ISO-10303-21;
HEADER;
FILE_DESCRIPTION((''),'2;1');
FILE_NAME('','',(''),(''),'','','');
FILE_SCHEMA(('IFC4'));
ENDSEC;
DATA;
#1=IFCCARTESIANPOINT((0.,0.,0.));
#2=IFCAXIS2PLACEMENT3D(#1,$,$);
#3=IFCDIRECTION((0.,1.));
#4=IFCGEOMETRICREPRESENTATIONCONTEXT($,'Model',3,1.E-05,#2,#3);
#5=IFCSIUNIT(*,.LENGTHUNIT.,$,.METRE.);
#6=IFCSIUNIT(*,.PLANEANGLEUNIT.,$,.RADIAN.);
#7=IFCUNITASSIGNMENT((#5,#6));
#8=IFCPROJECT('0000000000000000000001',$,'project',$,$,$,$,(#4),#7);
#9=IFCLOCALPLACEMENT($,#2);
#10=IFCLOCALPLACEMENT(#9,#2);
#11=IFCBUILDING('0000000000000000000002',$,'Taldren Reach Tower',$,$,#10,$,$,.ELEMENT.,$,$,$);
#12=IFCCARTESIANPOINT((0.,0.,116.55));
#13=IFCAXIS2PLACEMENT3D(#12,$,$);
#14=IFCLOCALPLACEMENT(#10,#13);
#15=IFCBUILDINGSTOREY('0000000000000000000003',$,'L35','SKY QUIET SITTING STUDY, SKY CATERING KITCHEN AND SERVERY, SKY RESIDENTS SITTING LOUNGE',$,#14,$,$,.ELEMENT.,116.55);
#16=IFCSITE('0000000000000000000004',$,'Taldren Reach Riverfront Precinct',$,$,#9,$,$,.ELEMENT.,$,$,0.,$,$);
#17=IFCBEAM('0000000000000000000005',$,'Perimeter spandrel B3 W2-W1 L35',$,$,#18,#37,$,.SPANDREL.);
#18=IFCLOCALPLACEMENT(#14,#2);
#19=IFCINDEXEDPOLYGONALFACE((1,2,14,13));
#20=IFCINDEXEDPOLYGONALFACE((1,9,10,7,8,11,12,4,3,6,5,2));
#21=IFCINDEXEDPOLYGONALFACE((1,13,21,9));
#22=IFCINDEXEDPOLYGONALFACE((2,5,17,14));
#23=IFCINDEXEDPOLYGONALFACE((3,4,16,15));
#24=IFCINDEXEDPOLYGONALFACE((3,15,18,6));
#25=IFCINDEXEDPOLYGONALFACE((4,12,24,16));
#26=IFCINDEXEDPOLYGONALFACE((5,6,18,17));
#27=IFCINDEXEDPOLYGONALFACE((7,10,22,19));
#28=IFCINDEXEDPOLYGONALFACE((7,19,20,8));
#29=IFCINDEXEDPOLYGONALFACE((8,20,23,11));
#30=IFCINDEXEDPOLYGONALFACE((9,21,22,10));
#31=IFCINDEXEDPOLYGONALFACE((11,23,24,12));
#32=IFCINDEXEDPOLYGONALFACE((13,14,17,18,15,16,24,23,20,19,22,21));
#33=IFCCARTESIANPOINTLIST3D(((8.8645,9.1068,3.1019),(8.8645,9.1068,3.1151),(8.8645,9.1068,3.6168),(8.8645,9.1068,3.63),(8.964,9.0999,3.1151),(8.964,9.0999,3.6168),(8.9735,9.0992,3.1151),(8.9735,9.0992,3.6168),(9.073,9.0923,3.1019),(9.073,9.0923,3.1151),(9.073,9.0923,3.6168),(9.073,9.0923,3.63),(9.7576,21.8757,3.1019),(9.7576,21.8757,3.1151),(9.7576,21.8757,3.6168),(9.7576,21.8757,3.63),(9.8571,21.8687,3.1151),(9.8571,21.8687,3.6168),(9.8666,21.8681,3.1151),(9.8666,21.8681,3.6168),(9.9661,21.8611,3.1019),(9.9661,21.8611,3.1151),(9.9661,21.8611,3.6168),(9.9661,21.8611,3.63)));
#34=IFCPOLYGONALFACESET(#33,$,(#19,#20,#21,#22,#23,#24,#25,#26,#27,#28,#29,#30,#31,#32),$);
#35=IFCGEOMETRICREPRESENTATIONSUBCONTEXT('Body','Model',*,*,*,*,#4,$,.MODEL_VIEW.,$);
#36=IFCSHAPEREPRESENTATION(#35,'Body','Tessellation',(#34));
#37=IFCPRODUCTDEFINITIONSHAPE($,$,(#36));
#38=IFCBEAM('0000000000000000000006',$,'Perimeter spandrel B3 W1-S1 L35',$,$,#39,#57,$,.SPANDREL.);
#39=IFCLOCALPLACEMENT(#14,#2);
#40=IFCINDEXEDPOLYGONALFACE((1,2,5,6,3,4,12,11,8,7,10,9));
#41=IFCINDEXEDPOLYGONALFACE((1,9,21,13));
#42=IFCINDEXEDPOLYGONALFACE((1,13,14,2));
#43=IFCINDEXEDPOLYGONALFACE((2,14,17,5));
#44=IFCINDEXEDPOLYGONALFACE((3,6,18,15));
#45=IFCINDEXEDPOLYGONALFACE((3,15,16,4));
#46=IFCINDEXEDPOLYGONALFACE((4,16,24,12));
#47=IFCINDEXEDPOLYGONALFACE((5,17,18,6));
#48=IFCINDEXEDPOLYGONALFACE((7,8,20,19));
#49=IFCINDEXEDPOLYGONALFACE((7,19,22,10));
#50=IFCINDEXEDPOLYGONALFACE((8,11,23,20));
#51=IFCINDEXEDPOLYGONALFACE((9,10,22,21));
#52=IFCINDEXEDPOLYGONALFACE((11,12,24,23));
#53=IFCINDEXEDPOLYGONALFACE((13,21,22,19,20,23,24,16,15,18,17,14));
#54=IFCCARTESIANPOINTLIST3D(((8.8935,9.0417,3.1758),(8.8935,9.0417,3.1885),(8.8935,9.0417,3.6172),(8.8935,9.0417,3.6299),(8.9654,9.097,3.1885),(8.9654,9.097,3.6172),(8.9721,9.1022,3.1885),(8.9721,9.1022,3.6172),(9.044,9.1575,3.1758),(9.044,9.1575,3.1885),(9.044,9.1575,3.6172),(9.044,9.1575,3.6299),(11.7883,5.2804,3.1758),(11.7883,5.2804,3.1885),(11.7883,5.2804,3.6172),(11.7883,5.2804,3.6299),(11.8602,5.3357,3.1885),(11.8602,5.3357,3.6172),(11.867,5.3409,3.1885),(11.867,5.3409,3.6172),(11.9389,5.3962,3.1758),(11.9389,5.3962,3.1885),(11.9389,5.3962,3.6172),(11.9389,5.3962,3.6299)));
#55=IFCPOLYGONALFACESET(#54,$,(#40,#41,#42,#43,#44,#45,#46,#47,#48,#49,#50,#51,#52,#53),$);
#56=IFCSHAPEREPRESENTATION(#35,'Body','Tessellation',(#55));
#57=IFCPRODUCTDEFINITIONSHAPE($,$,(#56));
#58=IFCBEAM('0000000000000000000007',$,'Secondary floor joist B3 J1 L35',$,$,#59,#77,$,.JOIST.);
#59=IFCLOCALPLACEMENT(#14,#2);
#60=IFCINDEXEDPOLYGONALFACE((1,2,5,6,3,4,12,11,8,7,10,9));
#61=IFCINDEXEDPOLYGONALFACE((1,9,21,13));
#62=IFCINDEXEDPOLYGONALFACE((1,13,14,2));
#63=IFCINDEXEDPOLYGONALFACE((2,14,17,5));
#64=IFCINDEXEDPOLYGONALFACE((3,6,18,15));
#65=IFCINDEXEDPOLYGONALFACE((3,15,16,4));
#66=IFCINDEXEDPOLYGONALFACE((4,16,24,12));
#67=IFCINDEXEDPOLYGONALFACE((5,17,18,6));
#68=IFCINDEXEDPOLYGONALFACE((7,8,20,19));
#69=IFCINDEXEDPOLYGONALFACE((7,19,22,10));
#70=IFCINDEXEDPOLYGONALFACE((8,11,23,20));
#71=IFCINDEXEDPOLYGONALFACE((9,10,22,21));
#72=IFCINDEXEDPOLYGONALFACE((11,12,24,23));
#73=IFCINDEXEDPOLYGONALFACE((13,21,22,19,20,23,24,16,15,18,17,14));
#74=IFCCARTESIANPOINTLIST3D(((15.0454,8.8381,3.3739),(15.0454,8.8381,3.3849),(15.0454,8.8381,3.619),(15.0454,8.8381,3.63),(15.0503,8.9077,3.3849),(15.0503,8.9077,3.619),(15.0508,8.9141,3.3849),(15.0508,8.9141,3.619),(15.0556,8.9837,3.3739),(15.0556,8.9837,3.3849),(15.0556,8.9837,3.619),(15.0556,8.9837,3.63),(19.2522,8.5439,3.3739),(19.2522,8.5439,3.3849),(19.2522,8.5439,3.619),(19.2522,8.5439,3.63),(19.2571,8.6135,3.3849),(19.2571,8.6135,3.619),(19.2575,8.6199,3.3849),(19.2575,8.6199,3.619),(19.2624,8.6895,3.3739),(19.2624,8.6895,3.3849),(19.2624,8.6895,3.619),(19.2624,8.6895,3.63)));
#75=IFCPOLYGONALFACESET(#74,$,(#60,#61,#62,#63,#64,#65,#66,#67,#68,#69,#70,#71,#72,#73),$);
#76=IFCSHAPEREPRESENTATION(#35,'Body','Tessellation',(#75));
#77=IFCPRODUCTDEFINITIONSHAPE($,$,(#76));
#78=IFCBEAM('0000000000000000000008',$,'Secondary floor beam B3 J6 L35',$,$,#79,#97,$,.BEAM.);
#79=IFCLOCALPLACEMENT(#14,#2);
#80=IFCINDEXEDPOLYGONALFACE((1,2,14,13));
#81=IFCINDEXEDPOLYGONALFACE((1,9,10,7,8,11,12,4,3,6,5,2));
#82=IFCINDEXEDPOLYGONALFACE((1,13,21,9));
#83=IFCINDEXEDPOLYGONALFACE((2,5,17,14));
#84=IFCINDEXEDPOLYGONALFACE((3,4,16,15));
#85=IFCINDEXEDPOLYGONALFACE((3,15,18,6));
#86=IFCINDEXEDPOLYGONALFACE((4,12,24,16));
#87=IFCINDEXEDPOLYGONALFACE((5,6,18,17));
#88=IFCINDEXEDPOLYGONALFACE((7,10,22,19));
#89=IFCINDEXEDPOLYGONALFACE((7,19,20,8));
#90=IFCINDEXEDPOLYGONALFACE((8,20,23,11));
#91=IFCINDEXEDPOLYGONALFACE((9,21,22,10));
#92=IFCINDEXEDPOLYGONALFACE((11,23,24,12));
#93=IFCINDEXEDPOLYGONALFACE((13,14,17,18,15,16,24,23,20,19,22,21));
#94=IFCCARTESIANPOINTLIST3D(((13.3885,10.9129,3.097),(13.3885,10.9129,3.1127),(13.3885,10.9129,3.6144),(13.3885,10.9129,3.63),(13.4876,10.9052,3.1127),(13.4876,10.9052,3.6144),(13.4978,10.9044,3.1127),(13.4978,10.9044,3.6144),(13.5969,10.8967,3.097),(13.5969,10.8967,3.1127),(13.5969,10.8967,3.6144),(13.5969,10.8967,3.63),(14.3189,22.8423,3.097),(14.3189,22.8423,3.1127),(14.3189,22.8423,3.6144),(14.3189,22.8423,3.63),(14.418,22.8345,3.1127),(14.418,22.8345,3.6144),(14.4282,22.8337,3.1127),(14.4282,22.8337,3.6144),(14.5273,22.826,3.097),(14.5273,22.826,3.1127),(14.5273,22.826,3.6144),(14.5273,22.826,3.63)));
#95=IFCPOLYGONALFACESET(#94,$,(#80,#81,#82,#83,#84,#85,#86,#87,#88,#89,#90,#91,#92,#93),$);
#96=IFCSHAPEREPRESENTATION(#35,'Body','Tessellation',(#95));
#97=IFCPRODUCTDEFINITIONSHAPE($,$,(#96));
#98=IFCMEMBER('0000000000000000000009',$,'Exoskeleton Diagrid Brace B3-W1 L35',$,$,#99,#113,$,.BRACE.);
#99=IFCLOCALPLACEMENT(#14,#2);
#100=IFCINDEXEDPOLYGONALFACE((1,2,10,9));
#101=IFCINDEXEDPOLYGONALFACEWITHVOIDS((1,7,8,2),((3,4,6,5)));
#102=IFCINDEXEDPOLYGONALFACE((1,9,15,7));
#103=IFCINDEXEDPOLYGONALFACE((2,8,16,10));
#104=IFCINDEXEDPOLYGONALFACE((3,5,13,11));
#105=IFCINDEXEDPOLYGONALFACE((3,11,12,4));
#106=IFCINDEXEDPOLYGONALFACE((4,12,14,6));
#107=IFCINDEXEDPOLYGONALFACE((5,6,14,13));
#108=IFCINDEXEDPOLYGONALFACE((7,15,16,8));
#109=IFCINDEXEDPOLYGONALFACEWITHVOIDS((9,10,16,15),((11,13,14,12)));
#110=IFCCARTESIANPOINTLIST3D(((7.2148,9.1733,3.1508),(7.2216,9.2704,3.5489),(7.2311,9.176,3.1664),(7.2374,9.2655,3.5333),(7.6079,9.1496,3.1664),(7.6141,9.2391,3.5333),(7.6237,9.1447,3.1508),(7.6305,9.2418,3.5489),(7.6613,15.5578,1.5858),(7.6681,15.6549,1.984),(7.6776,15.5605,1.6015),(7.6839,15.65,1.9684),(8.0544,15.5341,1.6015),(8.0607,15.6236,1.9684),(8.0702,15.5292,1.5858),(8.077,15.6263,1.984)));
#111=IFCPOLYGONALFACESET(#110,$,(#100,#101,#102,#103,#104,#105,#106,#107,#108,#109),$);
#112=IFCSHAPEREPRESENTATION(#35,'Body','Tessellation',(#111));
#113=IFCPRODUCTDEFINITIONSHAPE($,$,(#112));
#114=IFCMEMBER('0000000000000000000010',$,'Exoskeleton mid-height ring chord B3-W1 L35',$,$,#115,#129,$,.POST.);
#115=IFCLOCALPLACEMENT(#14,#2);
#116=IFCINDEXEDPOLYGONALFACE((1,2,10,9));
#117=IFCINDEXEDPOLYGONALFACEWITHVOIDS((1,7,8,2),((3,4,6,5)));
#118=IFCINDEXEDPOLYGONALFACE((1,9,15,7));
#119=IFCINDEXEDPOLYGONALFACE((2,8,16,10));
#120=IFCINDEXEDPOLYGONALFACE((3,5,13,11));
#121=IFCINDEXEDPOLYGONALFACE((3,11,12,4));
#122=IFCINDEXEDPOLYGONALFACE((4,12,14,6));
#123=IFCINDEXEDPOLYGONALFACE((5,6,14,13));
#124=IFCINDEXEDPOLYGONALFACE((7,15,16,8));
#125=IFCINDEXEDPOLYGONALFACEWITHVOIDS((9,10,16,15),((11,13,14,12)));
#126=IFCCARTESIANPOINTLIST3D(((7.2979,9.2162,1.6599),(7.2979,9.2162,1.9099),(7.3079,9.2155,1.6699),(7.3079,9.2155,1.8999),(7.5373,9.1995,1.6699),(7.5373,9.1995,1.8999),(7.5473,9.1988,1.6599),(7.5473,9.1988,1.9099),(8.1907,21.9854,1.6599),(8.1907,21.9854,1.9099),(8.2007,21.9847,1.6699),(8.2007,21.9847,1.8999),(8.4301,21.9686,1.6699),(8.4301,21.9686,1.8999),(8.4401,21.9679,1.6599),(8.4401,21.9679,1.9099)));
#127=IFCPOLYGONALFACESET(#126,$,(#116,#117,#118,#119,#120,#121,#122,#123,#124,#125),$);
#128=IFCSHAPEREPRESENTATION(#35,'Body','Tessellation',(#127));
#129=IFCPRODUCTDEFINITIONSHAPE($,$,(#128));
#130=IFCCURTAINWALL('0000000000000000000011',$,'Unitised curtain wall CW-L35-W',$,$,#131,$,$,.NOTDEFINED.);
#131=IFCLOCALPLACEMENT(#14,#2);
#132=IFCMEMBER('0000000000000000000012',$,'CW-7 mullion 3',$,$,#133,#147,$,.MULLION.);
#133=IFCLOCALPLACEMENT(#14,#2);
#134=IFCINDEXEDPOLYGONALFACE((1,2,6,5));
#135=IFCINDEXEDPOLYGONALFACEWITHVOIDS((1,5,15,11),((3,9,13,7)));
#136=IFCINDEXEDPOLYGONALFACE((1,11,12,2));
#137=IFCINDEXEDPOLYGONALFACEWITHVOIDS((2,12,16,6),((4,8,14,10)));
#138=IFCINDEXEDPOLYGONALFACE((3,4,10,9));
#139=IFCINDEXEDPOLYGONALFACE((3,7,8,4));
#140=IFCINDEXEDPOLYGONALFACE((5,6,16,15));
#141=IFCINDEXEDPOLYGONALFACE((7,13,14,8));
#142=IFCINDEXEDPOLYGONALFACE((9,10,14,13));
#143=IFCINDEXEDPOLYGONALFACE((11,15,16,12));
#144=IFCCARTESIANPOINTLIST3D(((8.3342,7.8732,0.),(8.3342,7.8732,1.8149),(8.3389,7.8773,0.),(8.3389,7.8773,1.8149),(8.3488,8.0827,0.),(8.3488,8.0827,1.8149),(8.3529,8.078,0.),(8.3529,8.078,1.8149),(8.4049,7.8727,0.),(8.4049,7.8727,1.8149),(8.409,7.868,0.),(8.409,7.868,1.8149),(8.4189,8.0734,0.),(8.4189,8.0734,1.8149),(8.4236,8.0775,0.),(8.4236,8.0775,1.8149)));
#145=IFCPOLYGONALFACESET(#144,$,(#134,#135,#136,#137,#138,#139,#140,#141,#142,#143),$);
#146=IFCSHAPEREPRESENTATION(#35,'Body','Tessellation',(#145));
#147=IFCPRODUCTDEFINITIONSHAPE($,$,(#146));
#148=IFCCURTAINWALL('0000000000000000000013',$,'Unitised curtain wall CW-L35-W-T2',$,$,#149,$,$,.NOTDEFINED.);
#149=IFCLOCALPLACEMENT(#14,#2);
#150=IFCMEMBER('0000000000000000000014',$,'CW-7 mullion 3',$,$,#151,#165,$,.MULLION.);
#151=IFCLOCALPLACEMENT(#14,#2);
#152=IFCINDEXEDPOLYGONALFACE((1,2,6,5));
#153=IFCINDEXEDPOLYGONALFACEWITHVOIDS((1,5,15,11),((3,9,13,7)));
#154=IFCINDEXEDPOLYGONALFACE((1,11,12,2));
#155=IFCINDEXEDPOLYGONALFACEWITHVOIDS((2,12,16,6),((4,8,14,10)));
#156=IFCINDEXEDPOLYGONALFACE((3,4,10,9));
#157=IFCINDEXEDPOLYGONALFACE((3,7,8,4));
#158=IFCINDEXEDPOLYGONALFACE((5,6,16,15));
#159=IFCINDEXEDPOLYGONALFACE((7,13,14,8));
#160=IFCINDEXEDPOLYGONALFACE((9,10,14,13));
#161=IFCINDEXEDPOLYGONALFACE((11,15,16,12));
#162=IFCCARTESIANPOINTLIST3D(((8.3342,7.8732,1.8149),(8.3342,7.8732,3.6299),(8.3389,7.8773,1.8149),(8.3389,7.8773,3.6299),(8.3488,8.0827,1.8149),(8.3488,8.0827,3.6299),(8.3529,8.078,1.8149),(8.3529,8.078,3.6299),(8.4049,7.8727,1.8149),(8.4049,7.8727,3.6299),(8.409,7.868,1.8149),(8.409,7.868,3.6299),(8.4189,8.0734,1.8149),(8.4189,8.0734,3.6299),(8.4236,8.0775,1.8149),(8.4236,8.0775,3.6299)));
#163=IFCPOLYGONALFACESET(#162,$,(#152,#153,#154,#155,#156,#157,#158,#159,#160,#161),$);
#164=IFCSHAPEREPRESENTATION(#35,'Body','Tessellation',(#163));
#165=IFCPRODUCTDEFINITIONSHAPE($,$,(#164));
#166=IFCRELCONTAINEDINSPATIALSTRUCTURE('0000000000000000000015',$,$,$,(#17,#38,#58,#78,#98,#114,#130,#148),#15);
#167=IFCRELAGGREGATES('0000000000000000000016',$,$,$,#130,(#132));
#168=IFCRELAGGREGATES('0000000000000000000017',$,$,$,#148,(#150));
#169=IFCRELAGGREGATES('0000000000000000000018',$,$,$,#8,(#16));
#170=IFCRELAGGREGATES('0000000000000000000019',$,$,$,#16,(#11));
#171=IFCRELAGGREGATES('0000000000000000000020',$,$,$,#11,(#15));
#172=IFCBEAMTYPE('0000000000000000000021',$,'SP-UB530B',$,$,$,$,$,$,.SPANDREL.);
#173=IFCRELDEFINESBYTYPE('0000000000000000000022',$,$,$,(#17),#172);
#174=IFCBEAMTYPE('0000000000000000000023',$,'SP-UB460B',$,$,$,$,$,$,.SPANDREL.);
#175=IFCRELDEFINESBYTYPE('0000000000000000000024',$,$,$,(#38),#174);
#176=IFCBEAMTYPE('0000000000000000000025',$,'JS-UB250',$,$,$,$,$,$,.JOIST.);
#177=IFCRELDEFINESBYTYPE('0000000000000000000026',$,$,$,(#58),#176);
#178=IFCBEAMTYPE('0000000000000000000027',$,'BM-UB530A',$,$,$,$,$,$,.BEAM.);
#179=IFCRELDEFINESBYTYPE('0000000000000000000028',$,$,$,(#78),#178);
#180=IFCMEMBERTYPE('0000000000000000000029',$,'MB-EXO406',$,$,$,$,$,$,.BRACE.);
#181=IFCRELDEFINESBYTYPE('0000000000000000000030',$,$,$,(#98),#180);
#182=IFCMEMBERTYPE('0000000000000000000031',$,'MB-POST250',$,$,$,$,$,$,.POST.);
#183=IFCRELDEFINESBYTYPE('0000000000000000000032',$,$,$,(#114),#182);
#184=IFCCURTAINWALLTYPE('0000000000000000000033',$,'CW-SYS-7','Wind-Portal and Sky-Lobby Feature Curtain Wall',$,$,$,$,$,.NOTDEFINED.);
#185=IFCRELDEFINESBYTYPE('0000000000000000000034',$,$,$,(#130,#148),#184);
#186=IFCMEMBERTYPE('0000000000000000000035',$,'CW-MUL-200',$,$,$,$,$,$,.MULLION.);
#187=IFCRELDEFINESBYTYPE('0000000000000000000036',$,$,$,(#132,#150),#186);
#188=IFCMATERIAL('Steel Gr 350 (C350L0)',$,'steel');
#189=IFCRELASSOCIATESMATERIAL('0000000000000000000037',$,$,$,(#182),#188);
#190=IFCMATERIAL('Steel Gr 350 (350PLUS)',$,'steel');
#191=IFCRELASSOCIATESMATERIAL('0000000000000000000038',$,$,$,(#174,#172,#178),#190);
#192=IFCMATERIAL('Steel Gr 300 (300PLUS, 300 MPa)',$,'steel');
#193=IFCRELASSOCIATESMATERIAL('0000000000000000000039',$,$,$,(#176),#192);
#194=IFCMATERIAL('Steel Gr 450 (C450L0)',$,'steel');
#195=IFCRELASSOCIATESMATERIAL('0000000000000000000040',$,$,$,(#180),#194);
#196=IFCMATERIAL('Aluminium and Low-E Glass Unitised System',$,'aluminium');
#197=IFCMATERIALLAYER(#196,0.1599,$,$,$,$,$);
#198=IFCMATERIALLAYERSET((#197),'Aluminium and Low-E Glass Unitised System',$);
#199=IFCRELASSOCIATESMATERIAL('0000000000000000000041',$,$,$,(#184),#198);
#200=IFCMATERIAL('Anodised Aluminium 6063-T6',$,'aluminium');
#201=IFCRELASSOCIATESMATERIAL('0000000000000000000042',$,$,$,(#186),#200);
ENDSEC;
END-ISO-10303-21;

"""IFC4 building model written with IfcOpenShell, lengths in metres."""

from ifc_helpers import new_model, si_unit, direction, frame, origin, origin_2d, place, context, subcontext, project, spatial, hollow_rectangle, i_section, extrude, source, transform, mapped, material, layer, layer_set, material_profile, profile_set, type_object, element, aggregate, save


model = new_model("IFC4")

# Units and contexts
model_context = context("Model", 3, precision=1e-05, world=origin(), true_north=direction((0.0, 1.0)))
body_context = subcontext(model_context, "Body", "Model", "MODEL_VIEW")
ifc_project = project(units=[si_unit("LENGTHUNIT", "METRE"), si_unit("PLANEANGLEUNIT", "RADIAN")], contexts=[model_context])

# Site, building, storey
site_placement = place(None, origin())
site = spatial("IfcSite", under=ifc_project, at=site_placement, Name="Taldren Reach Riverfront Precinct", CompositionType="ELEMENT", RefElevation=0.0)
building_placement = place(site_placement, origin())
building = spatial("IfcBuilding", under=site, at=building_placement, Name="Taldren Reach Tower", CompositionType="ELEMENT")
storey_placement = place(building_placement, frame((0.0, 0.0, 116.55)))
storey = spatial("IfcBuildingStorey", under=building, at=storey_placement, Name="L35", Description="SKY QUIET SITTING STUDY, SKY CATERING KITCHEN AND SERVERY, SKY RESIDENTS SITTING LOUNGE", CompositionType="ELEMENT", Elevation=116.55)

# Shared definitions
ifc_material_1 = material(Name="Steel Gr 350 (350PLUS)", Category="steel")

# Shared definitions
ifc_material_2 = material(Name="Steel Gr 450 (C450L0)", Category="steel")
ifc_material_3 = material(Name="Steel Gr 350 (C350L0)", Category="steel")
ifc_material_profile_1 = material_profile(ifc_material_3, hollow_rectangle(XDim=0.25, YDim=0.25, WallThickness=0.01, at=origin_2d()), Name="250x250x10.0SHS")
ifc_profile_set_1 = profile_set([ifc_material_profile_1], Name="Steel Gr 350 (C350L0)")
member_type_1 = type_object("IfcMemberType", Name="MB-POST250", PredefinedType="POST", material=ifc_profile_set_1)

# Beams
ifc_material_profile_2 = material_profile(ifc_material_1, i_section(OverallWidth=0.1899, OverallDepth=0.4541, WebThickness=0.0085, FlangeThickness=0.0127, at=origin_2d()), Name="460UB67.1")
ifc_profile_set_2 = profile_set([ifc_material_profile_2], Name="Steel Gr 350 (350PLUS)")
beam_type_1 = type_object("IfcBeamType", Name="SP-UB460B", PredefinedType="SPANDREL", material=ifc_profile_set_2)
ifc_material_profile_3 = material_profile(ifc_material_1, i_section(OverallWidth=0.209, OverallDepth=0.5281, WebThickness=0.0095, FlangeThickness=0.0132, at=origin_2d()), Name="530UB82.0")
ifc_profile_set_3 = profile_set([ifc_material_profile_3], Name="Steel Gr 350 (350PLUS)")
beam_type_2 = type_object("IfcBeamType", Name="SP-UB530B", PredefinedType="SPANDREL", material=ifc_profile_set_3)
shared_shape_1 = source(origin(), body_context, "Body", "SweptSolid", [
    extrude(i_section(OverallWidth=0.209, OverallDepth=0.5281, WebThickness=0.0095, FlangeThickness=0.0132, at=origin_2d()), origin(), (0.0, 0.0, 1.0), 12.8),
])
beam_1_placement = place(storey_placement, frame((9.8618, 21.8684, 3.366), z_axis=(-0.069771, -0.997563, 0.0), x_axis=(0.997563, -0.069771, 0.0)))
element("IfcBeam", 1, at=beam_1_placement, inside=storey, type_object=beam_type_2, Name="Perimeter spandrel B3 W2-W1 L35", PredefinedType="SPANDREL", context=body_context, shape_type="MappedRepresentation", body=[
    mapped(shared_shape_1, transform((0.0, 0.0, 0.0), scale=1.0)),
])
shared_shape_2 = source(origin(), body_context, "Body", "SweptSolid", [
    extrude(i_section(OverallWidth=0.1899, OverallDepth=0.4541, WebThickness=0.0085, FlangeThickness=0.0127, at=origin_2d()), origin(), (0.0, 0.0, 1.0), 4.7463),
])
beam_2_placement = place(storey_placement, frame((8.9688, 9.0996, 3.4028), z_axis=(0.609912, -0.792469, 0.0), x_axis=(0.792469, 0.609912, 0.0)))
element("IfcBeam", 2, at=beam_2_placement, inside=storey, type_object=beam_type_1, Name="Perimeter spandrel B3 W1-S1 L35", PredefinedType="SPANDREL", context=body_context, shape_type="MappedRepresentation", body=[
    mapped(shared_shape_2, transform((0.0, 0.0, 0.0), scale=1.0)),
])
ifc_material_4 = material(Name="Steel Gr 300 (300PLUS, 300 MPa)", Category="steel")
ifc_material_profile_4 = material_profile(ifc_material_4, i_section(OverallWidth=0.146, OverallDepth=0.2561, WebThickness=0.0063, FlangeThickness=0.011, at=origin_2d()), Name="250UB37.3")
ifc_profile_set_4 = profile_set([ifc_material_profile_4], Name="Steel Gr 300 (300PLUS, 300 MPa)")
beam_type_3 = type_object("IfcBeamType", Name="JS-UB250", PredefinedType="JOIST", material=ifc_profile_set_4)
shared_shape_3 = source(origin(), body_context, "Body", "SweptSolid", [
    extrude(i_section(OverallWidth=0.146, OverallDepth=0.2561, WebThickness=0.0063, FlangeThickness=0.011, at=origin_2d()), origin(), (0.0, 0.0, 1.0), 4.217),
])
beam_3_placement = place(storey_placement, frame((15.0505, 8.9109, 3.502), z_axis=(0.997564, -0.069762, 0.0), x_axis=(0.069762, 0.997564, 0.0)))
element("IfcBeam", 3, at=beam_3_placement, inside=storey, type_object=beam_type_3, Name="Secondary floor joist B3 J1 L35", PredefinedType="JOIST", context=body_context, shape_type="MappedRepresentation", body=[
    mapped(shared_shape_3, transform((0.0, 0.0, 0.0), scale=1.0)),
])
ifc_material_profile_5 = material_profile(ifc_material_1, i_section(OverallWidth=0.209, OverallDepth=0.533, WebThickness=0.0103, FlangeThickness=0.0156, at=origin_2d()), Name="530UB92.4")
ifc_profile_set_5 = profile_set([ifc_material_profile_5], Name="Steel Gr 350 (350PLUS)")
beam_type_4 = type_object("IfcBeamType", Name="BM-UB530A", PredefinedType="BEAM", material=ifc_profile_set_5)
shared_shape_4 = source(origin(), body_context, "Body", "SweptSolid", [
    extrude(i_section(OverallWidth=0.209, OverallDepth=0.533, WebThickness=0.0103, FlangeThickness=0.0156, at=origin_2d()), origin(), (0.0, 0.0, 1.0), 11.9656),
])
beam_4_placement = place(storey_placement, frame((13.4927, 10.9048, 3.3635), z_axis=(0.077757, 0.996972, 0.0), x_axis=(-0.996972, 0.077757, 0.0)))
element("IfcBeam", 4, at=beam_4_placement, inside=storey, type_object=beam_type_4, Name="Secondary floor beam B3 J6 L35", PredefinedType="BEAM", context=body_context, shape_type="MappedRepresentation", body=[
    mapped(shared_shape_4, transform((0.0, 0.0, 0.0), scale=1.0)),
])

# Members
ifc_material_profile_6 = material_profile(ifc_material_2, hollow_rectangle(XDim=0.4099, YDim=0.4099, WallThickness=0.0161, at=origin_2d()), Name="410x410x16.0SHS")
ifc_profile_set_6 = profile_set([ifc_material_profile_6], Name="Steel Gr 450 (C450L0)")
member_type_2 = type_object("IfcMemberType", Name="MB-EXO406", PredefinedType="BRACE", material=ifc_profile_set_6)
shared_shape_5 = source(origin(), body_context, "Body", "SweptSolid", [
    extrude(hollow_rectangle(XDim=0.4099, YDim=0.4099, WallThickness=0.0161, at=origin_2d()), origin(), (0.0, 0.0, 1.0), 6.5886),
])
member_1_placement = place(storey_placement, frame((7.8691, 15.592, 1.7849), z_axis=(-0.067773, -0.969015, 0.23752), x_axis=(0.997563, -0.06977, 0.0)))
element("IfcMember", 5, at=member_1_placement, inside=storey, type_object=member_type_2, Name="Exoskeleton Diagrid Brace B3-W1 L35", PredefinedType="BRACE", context=body_context, shape_type="MappedRepresentation", body=[
    mapped(shared_shape_5, transform((0.0, 0.0, 0.0), scale=1.0)),
])
shared_shape_6 = source(origin(), body_context, "Body", "SweptSolid", [
    extrude(hollow_rectangle(XDim=0.25, YDim=0.25, WallThickness=0.01, at=origin_2d()), origin(), (0.0, 0.0, 1.0), 12.8003),
])
member_2_placement = place(storey_placement, frame((7.4226, 9.2075, 1.7849), z_axis=(0.069751, 0.997564, 0.0), x_axis=(-0.997564, 0.069751, 0.0)))
element("IfcMember", 6, at=member_2_placement, inside=storey, type_object=member_type_1, Name="Exoskeleton mid-height ring chord B3-W1 L35", PredefinedType="POST", context=body_context, shape_type="MappedRepresentation", body=[
    mapped(shared_shape_6, transform((0.0, 0.0, 0.0), scale=1.0)),
])

# Curtain walls, members
ifc_material_5 = material(Name="Aluminium and Low-E Glass Unitised System", Category="aluminium")
ifc_layer_1 = layer(ifc_material_5, 0.1599)
ifc_layer_set_1 = layer_set([ifc_layer_1], Name="Aluminium and Low-E Glass Unitised System")
curtain_wall_type = type_object("IfcCurtainWallType", Name="CW-SYS-7", Description="Wind-Portal and Sky-Lobby Feature Curtain Wall", PredefinedType="NOTDEFINED", material=ifc_layer_set_1)
curtain_wall_1_placement = place(storey_placement, origin())
curtain_wall_1 = element("IfcCurtainWall", 7, at=curtain_wall_1_placement, inside=storey, type_object=curtain_wall_type, Name="Unitised curtain wall CW-L35-W", PredefinedType="NOTDEFINED")
ifc_material_6 = material(Name="Anodised Aluminium 6063-T6", Category="aluminium")
ifc_material_profile_7 = material_profile(ifc_material_6, hollow_rectangle(XDim=0.075, YDim=0.21, WallThickness=0.0044, at=origin_2d()), Name="ALU-210x75x4.5RHS")
ifc_profile_set_7 = profile_set([ifc_material_profile_7], Name="Anodised Aluminium 6063-T6")
member_type_3 = type_object("IfcMemberType", Name="CW-MUL-200", PredefinedType="MULLION", material=ifc_profile_set_7)
shared_shape_7 = source(origin(), body_context, "Body", "SweptSolid", [
    extrude(hollow_rectangle(XDim=0.075, YDim=0.21, WallThickness=0.0044, at=origin_2d()), origin(), (0.0, 0.0, 1.0), 1.8149),
])
member_3_placement = place(storey_placement, frame((8.3789, 7.9753, 0.0), z_axis=(0.0, 0.0, 1.0), x_axis=(0.997564, -0.069756, 0.0)))
member_3 = element("IfcMember", 8, at=member_3_placement, type_object=member_type_3, Name="CW-7 mullion 3", PredefinedType="MULLION", context=body_context, shape_type="MappedRepresentation", body=[
    mapped(shared_shape_7, transform((0.0, 0.0, 0.0), scale=1.0)),
])
curtain_wall_2_placement = place(storey_placement, origin())
curtain_wall_2 = element("IfcCurtainWall", 9, at=curtain_wall_2_placement, inside=storey, type_object=curtain_wall_type, Name="Unitised curtain wall CW-L35-W-T2", PredefinedType="NOTDEFINED")
member_4_placement = place(storey_placement, frame((8.3789, 7.9753, 1.8149), z_axis=(0.0, 0.0, 1.0), x_axis=(0.997564, -0.069756, 0.0)))
member_4 = element("IfcMember", 10, at=member_4_placement, type_object=member_type_3, Name="CW-7 mullion 3", PredefinedType="MULLION", context=body_context, shape_type="MappedRepresentation", body=[
    mapped(shared_shape_7, transform((0.0, 0.0, 0.0), scale=1.0)),
])

aggregate(curtain_wall_1, [member_3])
aggregate(curtain_wall_2, [member_4])

save(model, "model.ifc")
